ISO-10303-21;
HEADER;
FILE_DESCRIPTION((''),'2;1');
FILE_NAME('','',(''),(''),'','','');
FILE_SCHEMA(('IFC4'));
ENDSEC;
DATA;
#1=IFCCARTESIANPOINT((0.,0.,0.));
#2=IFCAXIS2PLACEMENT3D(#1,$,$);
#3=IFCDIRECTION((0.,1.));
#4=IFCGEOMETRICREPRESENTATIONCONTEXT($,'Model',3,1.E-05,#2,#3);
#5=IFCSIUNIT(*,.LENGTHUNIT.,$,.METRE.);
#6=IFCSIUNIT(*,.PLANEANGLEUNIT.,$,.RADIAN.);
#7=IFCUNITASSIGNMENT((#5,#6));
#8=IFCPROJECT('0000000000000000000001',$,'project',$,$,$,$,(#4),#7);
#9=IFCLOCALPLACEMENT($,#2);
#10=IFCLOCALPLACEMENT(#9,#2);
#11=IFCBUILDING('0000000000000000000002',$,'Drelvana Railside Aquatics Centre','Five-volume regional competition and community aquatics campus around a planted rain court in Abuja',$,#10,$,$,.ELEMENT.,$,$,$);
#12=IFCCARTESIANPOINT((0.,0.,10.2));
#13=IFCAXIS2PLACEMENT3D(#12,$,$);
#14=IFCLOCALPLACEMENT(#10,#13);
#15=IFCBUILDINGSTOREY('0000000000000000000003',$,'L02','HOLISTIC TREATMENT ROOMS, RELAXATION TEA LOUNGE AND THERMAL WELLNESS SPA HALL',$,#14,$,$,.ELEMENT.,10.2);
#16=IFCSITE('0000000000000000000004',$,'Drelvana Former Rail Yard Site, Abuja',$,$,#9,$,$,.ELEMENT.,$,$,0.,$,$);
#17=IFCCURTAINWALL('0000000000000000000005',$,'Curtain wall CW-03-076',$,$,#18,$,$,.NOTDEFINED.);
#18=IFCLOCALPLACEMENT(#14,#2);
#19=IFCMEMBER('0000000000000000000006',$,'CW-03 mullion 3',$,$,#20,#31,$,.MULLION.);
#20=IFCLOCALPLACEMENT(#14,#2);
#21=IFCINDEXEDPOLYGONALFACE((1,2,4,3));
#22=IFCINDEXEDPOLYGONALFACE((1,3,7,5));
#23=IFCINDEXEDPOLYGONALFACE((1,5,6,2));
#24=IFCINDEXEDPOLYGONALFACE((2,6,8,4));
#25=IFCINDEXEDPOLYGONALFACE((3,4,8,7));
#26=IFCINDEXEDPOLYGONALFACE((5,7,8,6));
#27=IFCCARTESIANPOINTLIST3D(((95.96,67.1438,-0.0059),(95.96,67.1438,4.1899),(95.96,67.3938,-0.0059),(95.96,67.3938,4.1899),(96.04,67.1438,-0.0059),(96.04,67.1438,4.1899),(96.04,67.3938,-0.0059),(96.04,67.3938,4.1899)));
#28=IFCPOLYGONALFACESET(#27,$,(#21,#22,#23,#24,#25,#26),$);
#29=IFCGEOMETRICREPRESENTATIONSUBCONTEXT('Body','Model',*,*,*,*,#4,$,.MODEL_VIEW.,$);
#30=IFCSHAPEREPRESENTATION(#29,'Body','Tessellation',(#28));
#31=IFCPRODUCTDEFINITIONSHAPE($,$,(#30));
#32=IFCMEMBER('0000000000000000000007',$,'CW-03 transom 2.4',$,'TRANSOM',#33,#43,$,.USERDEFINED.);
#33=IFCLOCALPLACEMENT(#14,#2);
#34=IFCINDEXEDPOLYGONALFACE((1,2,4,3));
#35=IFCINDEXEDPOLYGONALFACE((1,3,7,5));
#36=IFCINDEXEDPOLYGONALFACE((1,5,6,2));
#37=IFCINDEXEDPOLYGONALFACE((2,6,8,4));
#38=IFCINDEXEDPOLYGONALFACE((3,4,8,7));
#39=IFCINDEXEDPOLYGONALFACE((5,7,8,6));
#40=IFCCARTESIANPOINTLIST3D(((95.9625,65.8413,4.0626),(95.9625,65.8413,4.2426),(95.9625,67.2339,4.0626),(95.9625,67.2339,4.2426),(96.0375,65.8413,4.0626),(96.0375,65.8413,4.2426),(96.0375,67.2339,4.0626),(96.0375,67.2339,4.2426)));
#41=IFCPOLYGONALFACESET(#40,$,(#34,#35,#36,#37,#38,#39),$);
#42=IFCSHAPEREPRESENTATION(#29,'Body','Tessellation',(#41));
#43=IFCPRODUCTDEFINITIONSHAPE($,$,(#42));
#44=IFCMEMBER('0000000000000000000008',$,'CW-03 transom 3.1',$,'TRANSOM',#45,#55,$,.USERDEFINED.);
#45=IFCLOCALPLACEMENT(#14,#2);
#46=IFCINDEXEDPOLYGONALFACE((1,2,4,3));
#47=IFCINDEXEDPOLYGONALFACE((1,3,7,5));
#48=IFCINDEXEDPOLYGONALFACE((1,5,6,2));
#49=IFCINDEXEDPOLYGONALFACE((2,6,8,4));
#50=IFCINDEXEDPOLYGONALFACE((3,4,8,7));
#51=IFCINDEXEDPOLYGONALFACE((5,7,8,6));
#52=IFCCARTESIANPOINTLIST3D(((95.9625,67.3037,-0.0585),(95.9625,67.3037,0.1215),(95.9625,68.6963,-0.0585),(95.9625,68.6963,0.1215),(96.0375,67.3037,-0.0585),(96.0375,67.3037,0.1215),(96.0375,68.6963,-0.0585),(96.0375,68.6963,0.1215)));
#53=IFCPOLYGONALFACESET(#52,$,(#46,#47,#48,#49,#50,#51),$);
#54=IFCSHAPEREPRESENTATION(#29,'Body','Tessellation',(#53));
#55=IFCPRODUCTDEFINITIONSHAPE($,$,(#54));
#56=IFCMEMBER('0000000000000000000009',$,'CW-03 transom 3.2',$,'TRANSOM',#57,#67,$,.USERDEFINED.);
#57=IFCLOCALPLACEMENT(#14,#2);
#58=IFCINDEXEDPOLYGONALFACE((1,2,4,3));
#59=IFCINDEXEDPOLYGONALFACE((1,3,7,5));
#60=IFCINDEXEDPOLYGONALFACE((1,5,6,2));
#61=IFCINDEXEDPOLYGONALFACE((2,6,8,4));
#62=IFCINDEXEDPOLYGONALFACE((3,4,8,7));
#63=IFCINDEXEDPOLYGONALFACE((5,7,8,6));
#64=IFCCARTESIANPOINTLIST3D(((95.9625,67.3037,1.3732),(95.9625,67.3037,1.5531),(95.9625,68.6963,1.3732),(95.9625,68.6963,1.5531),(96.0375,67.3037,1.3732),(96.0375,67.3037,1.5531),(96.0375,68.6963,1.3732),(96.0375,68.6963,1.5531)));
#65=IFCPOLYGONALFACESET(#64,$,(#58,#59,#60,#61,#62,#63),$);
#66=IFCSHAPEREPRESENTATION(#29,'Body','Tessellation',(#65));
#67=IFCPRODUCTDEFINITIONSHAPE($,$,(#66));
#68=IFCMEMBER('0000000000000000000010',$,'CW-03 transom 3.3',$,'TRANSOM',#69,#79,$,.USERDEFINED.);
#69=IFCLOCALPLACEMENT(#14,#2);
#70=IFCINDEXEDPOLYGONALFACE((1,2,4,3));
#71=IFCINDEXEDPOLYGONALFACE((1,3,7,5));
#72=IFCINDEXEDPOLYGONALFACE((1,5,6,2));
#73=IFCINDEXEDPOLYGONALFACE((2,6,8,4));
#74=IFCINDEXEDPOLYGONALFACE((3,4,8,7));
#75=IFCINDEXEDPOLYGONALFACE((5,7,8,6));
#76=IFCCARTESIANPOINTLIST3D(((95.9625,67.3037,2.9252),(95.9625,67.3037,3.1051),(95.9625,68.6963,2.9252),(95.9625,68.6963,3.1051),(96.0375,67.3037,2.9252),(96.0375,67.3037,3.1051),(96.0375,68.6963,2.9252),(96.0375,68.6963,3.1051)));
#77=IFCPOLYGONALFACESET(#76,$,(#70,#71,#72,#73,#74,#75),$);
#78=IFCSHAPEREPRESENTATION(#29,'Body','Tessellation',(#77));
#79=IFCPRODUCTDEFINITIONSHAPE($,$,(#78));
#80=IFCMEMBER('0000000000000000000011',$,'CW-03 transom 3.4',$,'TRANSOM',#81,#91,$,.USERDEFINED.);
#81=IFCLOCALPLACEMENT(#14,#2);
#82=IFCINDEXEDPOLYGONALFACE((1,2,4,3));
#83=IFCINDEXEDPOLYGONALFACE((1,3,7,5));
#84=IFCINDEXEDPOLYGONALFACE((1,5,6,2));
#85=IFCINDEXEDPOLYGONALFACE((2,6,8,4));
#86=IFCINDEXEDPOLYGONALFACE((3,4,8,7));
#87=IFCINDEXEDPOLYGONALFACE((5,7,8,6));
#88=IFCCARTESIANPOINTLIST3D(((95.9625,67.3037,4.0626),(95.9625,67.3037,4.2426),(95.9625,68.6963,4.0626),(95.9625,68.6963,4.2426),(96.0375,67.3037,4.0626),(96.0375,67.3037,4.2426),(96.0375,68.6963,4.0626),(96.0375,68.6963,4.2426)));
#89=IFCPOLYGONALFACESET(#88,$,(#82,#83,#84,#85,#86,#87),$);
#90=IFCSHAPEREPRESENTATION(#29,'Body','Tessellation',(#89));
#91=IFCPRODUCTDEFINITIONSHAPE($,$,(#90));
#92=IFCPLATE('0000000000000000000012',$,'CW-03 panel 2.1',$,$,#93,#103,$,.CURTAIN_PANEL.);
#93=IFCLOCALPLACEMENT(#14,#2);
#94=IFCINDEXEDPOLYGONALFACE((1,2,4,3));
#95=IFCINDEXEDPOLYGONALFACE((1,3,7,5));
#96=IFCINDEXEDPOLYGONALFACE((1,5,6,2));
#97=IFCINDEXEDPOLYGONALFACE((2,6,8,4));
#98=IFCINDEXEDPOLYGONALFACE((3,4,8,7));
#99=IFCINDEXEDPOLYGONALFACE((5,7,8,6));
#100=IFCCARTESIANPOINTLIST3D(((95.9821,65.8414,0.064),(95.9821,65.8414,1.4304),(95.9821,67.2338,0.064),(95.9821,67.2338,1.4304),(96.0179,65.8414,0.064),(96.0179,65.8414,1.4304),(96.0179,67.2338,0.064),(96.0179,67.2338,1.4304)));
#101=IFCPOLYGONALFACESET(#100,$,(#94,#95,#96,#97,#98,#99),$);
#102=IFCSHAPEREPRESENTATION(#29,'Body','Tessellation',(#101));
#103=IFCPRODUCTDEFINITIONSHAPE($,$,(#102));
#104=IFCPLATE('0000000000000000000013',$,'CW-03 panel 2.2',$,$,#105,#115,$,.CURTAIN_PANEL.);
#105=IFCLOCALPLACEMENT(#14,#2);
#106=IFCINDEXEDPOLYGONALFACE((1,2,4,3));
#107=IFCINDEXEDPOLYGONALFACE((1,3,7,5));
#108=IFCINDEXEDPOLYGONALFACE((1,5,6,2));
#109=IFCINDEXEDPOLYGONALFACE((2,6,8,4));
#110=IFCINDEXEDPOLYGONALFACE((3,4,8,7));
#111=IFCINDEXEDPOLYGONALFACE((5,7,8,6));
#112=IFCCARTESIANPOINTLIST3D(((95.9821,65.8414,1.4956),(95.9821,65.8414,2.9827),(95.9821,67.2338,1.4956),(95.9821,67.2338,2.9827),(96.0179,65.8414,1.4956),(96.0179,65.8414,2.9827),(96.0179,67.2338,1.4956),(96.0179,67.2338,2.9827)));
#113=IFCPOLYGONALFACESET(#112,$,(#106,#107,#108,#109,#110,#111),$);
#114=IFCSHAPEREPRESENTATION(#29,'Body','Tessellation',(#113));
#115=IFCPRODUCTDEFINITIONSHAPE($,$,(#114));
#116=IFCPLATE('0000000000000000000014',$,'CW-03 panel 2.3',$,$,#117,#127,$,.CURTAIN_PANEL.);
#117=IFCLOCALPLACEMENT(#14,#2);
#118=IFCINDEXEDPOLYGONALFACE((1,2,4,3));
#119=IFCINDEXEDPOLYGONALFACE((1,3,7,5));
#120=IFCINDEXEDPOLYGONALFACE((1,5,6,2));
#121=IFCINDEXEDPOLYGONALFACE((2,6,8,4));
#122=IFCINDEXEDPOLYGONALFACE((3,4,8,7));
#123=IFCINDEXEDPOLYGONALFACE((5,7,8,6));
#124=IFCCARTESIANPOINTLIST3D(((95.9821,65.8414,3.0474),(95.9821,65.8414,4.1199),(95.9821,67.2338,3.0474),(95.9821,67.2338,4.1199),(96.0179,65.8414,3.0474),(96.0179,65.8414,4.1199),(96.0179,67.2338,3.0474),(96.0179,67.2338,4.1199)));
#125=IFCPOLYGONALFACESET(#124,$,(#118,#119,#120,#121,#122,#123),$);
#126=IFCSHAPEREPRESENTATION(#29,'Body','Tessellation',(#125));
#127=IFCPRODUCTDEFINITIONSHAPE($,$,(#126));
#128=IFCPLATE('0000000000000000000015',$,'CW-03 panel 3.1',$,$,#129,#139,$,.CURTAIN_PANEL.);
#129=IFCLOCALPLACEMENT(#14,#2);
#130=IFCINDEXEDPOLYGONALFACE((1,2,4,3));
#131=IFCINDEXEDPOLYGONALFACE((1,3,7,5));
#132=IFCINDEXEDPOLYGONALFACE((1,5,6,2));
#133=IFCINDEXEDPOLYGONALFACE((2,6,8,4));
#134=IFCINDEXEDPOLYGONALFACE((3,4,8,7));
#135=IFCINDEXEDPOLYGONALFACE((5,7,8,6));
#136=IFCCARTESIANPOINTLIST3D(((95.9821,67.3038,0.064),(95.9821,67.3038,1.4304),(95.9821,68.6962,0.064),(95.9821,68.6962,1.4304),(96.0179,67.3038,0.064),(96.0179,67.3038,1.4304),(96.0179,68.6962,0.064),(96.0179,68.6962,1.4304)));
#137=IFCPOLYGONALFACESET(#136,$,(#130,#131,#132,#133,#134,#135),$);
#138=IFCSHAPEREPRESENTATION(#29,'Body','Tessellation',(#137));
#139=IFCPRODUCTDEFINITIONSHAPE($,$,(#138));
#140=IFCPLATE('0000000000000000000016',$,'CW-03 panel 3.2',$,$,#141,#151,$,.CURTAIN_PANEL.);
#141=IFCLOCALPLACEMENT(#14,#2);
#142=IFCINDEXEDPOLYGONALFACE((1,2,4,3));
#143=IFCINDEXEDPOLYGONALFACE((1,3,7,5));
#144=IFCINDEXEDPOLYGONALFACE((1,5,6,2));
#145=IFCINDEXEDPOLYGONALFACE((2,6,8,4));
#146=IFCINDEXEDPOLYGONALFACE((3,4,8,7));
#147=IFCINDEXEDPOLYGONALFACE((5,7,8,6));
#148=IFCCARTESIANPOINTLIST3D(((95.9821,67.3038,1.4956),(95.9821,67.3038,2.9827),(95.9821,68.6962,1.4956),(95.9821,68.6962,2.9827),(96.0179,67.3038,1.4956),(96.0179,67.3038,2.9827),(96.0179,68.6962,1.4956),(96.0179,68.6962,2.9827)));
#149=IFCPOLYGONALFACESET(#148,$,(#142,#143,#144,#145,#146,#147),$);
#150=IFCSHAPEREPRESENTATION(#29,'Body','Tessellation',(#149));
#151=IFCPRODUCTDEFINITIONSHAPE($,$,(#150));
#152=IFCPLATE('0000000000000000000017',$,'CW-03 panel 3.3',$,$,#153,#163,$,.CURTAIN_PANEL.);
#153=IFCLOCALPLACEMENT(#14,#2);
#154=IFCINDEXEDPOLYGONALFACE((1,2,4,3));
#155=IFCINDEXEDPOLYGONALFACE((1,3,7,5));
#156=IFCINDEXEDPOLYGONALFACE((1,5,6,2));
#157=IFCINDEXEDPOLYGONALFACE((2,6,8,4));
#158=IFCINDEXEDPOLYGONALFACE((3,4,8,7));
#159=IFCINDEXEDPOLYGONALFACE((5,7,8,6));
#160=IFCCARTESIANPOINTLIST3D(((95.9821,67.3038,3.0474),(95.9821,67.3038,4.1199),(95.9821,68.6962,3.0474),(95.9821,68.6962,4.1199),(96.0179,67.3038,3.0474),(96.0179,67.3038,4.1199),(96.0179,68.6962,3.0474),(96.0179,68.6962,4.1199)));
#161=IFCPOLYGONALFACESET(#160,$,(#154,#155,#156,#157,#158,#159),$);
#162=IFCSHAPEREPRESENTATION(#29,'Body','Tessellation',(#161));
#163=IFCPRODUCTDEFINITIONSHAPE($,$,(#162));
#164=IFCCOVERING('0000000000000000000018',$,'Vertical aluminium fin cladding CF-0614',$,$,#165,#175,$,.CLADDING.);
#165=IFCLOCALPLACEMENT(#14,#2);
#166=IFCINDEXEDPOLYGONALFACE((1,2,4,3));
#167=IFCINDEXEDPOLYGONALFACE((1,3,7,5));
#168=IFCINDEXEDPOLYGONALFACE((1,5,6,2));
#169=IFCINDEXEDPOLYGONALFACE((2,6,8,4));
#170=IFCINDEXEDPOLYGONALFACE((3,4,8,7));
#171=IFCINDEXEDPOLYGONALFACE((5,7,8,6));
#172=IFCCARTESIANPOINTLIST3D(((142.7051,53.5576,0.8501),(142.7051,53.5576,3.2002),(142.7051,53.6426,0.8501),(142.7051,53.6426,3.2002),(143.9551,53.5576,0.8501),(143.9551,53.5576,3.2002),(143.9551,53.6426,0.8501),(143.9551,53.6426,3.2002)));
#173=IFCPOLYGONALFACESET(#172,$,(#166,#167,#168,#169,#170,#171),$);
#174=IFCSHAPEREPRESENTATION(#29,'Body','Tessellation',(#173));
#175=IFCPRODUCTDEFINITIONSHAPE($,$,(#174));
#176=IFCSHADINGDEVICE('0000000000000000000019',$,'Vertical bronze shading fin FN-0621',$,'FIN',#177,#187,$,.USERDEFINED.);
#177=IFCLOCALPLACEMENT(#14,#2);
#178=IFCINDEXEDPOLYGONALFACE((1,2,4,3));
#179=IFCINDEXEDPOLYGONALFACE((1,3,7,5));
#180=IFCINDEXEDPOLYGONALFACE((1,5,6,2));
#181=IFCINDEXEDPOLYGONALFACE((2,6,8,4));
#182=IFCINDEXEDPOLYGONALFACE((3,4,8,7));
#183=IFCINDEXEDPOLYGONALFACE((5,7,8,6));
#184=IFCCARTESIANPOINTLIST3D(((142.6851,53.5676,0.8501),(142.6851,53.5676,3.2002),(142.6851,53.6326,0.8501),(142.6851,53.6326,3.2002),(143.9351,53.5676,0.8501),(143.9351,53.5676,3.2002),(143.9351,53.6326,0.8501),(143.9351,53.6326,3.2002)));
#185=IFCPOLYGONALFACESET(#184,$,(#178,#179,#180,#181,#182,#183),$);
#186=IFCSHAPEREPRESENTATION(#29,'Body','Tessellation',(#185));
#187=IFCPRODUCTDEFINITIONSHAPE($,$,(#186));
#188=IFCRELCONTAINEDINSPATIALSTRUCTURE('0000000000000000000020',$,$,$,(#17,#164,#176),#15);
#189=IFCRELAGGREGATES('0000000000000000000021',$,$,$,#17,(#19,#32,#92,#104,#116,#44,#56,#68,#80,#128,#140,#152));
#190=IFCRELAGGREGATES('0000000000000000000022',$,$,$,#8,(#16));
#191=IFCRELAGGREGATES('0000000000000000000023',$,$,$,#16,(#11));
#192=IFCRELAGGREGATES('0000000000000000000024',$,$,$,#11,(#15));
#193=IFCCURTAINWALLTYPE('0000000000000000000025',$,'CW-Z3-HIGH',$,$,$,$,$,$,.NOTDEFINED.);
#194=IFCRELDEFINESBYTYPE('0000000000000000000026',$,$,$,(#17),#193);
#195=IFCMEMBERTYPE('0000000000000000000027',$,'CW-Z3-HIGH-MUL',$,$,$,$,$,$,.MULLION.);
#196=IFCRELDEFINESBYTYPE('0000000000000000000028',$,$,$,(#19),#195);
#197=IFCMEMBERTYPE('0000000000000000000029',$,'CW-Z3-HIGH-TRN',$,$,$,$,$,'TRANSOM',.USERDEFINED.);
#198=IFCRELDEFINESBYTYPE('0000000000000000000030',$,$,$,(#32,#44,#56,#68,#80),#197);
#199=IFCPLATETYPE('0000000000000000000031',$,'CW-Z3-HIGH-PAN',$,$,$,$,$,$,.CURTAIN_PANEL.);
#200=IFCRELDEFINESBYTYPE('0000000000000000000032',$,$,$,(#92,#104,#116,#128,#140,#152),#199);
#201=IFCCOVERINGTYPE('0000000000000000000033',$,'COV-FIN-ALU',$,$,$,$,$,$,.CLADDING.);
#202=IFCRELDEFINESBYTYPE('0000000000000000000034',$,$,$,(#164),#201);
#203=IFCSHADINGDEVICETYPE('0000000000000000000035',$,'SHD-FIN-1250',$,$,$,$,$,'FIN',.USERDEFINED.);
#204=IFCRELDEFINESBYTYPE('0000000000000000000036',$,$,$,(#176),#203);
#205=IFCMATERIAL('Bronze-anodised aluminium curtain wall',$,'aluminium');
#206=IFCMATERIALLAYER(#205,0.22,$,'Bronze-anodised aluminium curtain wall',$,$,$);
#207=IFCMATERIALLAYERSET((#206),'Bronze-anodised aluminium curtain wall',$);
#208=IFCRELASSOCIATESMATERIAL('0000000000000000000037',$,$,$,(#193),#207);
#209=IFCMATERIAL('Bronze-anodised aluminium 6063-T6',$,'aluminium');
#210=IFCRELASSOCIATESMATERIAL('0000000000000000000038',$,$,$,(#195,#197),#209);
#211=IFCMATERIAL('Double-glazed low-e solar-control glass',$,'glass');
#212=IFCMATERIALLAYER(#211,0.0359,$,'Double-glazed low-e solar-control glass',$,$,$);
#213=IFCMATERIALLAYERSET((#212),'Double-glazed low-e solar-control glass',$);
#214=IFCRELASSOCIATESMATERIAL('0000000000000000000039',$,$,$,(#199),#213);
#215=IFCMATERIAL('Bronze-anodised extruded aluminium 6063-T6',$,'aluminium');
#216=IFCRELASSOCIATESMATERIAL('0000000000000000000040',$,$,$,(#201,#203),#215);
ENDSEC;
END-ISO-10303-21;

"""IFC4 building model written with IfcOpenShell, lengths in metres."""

from ifc_helpers import new_model, si_unit, direction, frame, origin, origin_2d, place, context, subcontext, project, spatial, rectangle, extrude, material, layer, layer_set, material_profile, profile_set, type_object, element, aggregate, save


model = new_model("IFC4")

# Units and contexts
model_context = context("Model", 3, precision=1e-05, world=origin(), true_north=direction((0.0, 1.0)))
body_context = subcontext(model_context, "Body", "Model", "MODEL_VIEW")
ifc_project = project(units=[si_unit("LENGTHUNIT", "METRE"), si_unit("PLANEANGLEUNIT", "RADIAN")], contexts=[model_context])

# Site, building, storey
site_placement = place(None, origin())
site = spatial("IfcSite", under=ifc_project, at=site_placement, Name="Drelvana Former Rail Yard Site, Abuja", CompositionType="ELEMENT", RefElevation=0.0)
building_placement = place(site_placement, origin())
building = spatial("IfcBuilding", under=site, at=building_placement, Name="Drelvana Railside Aquatics Centre", Description="Five-volume regional competition and community aquatics campus around a planted rain court in Abuja", CompositionType="ELEMENT")
storey_placement = place(building_placement, frame((0.0, 0.0, 10.2)))
storey = spatial("IfcBuildingStorey", under=building, at=storey_placement, Name="L02", Description="HOLISTIC TREATMENT ROOMS, RELAXATION TEA LOUNGE AND THERMAL WELLNESS SPA HALL", CompositionType="ELEMENT", Elevation=10.2)

# Curtain wall, members, plates
ifc_material_1 = material(Name="Bronze-anodised aluminium curtain wall", Category="aluminium")
ifc_layer_1 = layer(ifc_material_1, 0.22, Name="Bronze-anodised aluminium curtain wall")
ifc_layer_set_1 = layer_set([ifc_layer_1], Name="Bronze-anodised aluminium curtain wall")
curtain_wall_type = type_object("IfcCurtainWallType", Name="CW-Z3-HIGH", PredefinedType="NOTDEFINED", material=ifc_layer_set_1)
curtain_wall_placement = place(storey_placement, origin())
curtain_wall = element("IfcCurtainWall", 1, at=curtain_wall_placement, inside=storey, type_object=curtain_wall_type, Name="Curtain wall CW-03-076", PredefinedType="NOTDEFINED")
ifc_material_2 = material(Name="Bronze-anodised aluminium 6063-T6", Category="aluminium")
ifc_material_profile_1 = material_profile(ifc_material_2, rectangle(XDim=0.0801, YDim=0.25, at=origin_2d()), Name="ALU-M 80x250")
ifc_profile_set_1 = profile_set([ifc_material_profile_1], Name="Bronze-anodised aluminium 6063-T6")
member_type_1 = type_object("IfcMemberType", Name="CW-Z3-HIGH-MUL", PredefinedType="MULLION", material=ifc_profile_set_1)
member_1_placement = place(storey_placement, frame((96.0, 67.2688, -0.0059), z_axis=(0.0, 0.0, 1.0), x_axis=(-1.0, 0.0, 0.0)))
member_1 = element("IfcMember", 2, at=member_1_placement, type_object=member_type_1, Name="CW-03 mullion 3", PredefinedType="MULLION", context=body_context, shape_type="SweptSolid", body=[
    extrude(rectangle(XDim=0.0801, YDim=0.25, at=origin_2d()), origin(), (0.0, 0.0, 1.0), 4.1958),
])
ifc_material_profile_2 = material_profile(ifc_material_2, rectangle(XDim=0.1799, YDim=0.075, at=origin_2d()), Name="ALU-T 75x180")
ifc_profile_set_2 = profile_set([ifc_material_profile_2], Name="Bronze-anodised aluminium 6063-T6")
member_type_2 = type_object("IfcMemberType", Name="CW-Z3-HIGH-TRN", ElementType="TRANSOM", PredefinedType="USERDEFINED", material=ifc_profile_set_2)
member_2_placement = place(storey_placement, frame((96.0, 65.8413, 4.1526), z_axis=(0.0, 1.0, 0.0), x_axis=(0.0, 0.0, 1.0)))
member_2 = element("IfcMember", 3, at=member_2_placement, type_object=member_type_2, Name="CW-03 transom 2.4", ObjectType="TRANSOM", PredefinedType="USERDEFINED", context=body_context, shape_type="SweptSolid", body=[
    extrude(rectangle(XDim=0.1799, YDim=0.075, at=origin_2d()), origin(), (0.0, 0.0, 1.0), 1.3926),
])
member_3_placement = place(storey_placement, frame((96.0, 67.3037, 0.0315), z_axis=(0.0, 1.0, 0.0), x_axis=(0.0, 0.0, 1.0)))
member_3 = element("IfcMember", 4, at=member_3_placement, type_object=member_type_2, Name="CW-03 transom 3.1", ObjectType="TRANSOM", PredefinedType="USERDEFINED", context=body_context, shape_type="SweptSolid", body=[
    extrude(rectangle(XDim=0.1799, YDim=0.075, at=origin_2d()), origin(), (0.0, 0.0, 1.0), 1.3926),
])
member_4_placement = place(storey_placement, frame((96.0, 67.3037, 1.4631), z_axis=(0.0, 1.0, 0.0), x_axis=(0.0, 0.0, 1.0)))
member_4 = element("IfcMember", 5, at=member_4_placement, type_object=member_type_2, Name="CW-03 transom 3.2", ObjectType="TRANSOM", PredefinedType="USERDEFINED", context=body_context, shape_type="SweptSolid", body=[
    extrude(rectangle(XDim=0.1799, YDim=0.075, at=origin_2d()), origin(), (0.0, 0.0, 1.0), 1.3926),
])
member_5_placement = place(storey_placement, frame((96.0, 67.3037, 3.0151), z_axis=(0.0, 1.0, 0.0), x_axis=(0.0, 0.0, 1.0)))
member_5 = element("IfcMember", 6, at=member_5_placement, type_object=member_type_2, Name="CW-03 transom 3.3", ObjectType="TRANSOM", PredefinedType="USERDEFINED", context=body_context, shape_type="SweptSolid", body=[
    extrude(rectangle(XDim=0.1799, YDim=0.075, at=origin_2d()), origin(), (0.0, 0.0, 1.0), 1.3926),
])
member_6_placement = place(storey_placement, frame((96.0, 67.3037, 4.1526), z_axis=(0.0, 1.0, 0.0), x_axis=(0.0, 0.0, 1.0)))
member_6 = element("IfcMember", 7, at=member_6_placement, type_object=member_type_2, Name="CW-03 transom 3.4", ObjectType="TRANSOM", PredefinedType="USERDEFINED", context=body_context, shape_type="SweptSolid", body=[
    extrude(rectangle(XDim=0.1799, YDim=0.075, at=origin_2d()), origin(), (0.0, 0.0, 1.0), 1.3926),
])
ifc_material_3 = material(Name="Double-glazed low-e solar-control glass", Category="glass")
ifc_layer_2 = layer(ifc_material_3, 0.0359, Name="Double-glazed low-e solar-control glass")
ifc_layer_set_2 = layer_set([ifc_layer_2], Name="Double-glazed low-e solar-control glass")
plate_type = type_object("IfcPlateType", Name="CW-Z3-HIGH-PAN", PredefinedType="CURTAIN_PANEL", material=ifc_layer_set_2)
plate_1_placement = place(storey_placement, frame((96.0, 66.5376, 0.064), z_axis=(0.0, 0.0, 1.0), x_axis=(0.0, 1.0, 0.0)))
plate_1 = element("IfcPlate", 8, at=plate_1_placement, type_object=plate_type, Name="CW-03 panel 2.1", PredefinedType="CURTAIN_PANEL", context=body_context, shape_type="SweptSolid", body=[
    extrude(rectangle(XDim=1.3923, YDim=0.0359, at=origin_2d()), origin(), (0.0, 0.0, 1.0), 1.3665),
])
plate_2_placement = place(storey_placement, frame((96.0, 66.5376, 1.4956), z_axis=(0.0, 0.0, 1.0), x_axis=(0.0, 1.0, 0.0)))
plate_2 = element("IfcPlate", 9, at=plate_2_placement, type_object=plate_type, Name="CW-03 panel 2.2", PredefinedType="CURTAIN_PANEL", context=body_context, shape_type="SweptSolid", body=[
    extrude(rectangle(XDim=1.3923, YDim=0.0359, at=origin_2d()), origin(), (0.0, 0.0, 1.0), 1.4871),
])
plate_3_placement = place(storey_placement, frame((96.0, 66.5376, 3.0474), z_axis=(0.0, 0.0, 1.0), x_axis=(0.0, 1.0, 0.0)))
plate_3 = element("IfcPlate", 10, at=plate_3_placement, type_object=plate_type, Name="CW-03 panel 2.3", PredefinedType="CURTAIN_PANEL", context=body_context, shape_type="SweptSolid", body=[
    extrude(rectangle(XDim=1.3923, YDim=0.0359, at=origin_2d()), origin(), (0.0, 0.0, 1.0), 1.0725),
])
plate_4_placement = place(storey_placement, frame((96.0, 68.0, 0.064), z_axis=(0.0, 0.0, 1.0), x_axis=(0.0, 1.0, 0.0)))
plate_4 = element("IfcPlate", 11, at=plate_4_placement, type_object=plate_type, Name="CW-03 panel 3.1", PredefinedType="CURTAIN_PANEL", context=body_context, shape_type="SweptSolid", body=[
    extrude(rectangle(XDim=1.3923, YDim=0.0359, at=origin_2d()), origin(), (0.0, 0.0, 1.0), 1.3665),
])
plate_5_placement = place(storey_placement, frame((96.0, 68.0, 1.4956), z_axis=(0.0, 0.0, 1.0), x_axis=(0.0, 1.0, 0.0)))
plate_5 = element("IfcPlate", 12, at=plate_5_placement, type_object=plate_type, Name="CW-03 panel 3.2", PredefinedType="CURTAIN_PANEL", context=body_context, shape_type="SweptSolid", body=[
    extrude(rectangle(XDim=1.3923, YDim=0.0359, at=origin_2d()), origin(), (0.0, 0.0, 1.0), 1.4871),
])
plate_6_placement = place(storey_placement, frame((96.0, 68.0, 3.0474), z_axis=(0.0, 0.0, 1.0), x_axis=(0.0, 1.0, 0.0)))
plate_6 = element("IfcPlate", 13, at=plate_6_placement, type_object=plate_type, Name="CW-03 panel 3.3", PredefinedType="CURTAIN_PANEL", context=body_context, shape_type="SweptSolid", body=[
    extrude(rectangle(XDim=1.3923, YDim=0.0359, at=origin_2d()), origin(), (0.0, 0.0, 1.0), 1.0725),
])
aggregate(curtain_wall, [member_1, member_2, plate_1, plate_2, plate_3, member_3, member_4, member_5, member_6, plate_4, plate_5, plate_6])

# Covering
ifc_material_4 = material(Name="Bronze-anodised extruded aluminium 6063-T6", Category="aluminium")
covering_type = type_object("IfcCoveringType", Name="COV-FIN-ALU", PredefinedType="CLADDING", material=ifc_material_4)
covering_placement = place(storey_placement, frame((143.3301, 53.6001, 0.8501), z_axis=(0.0, 0.0, 1.0), x_axis=(0.0, 1.0, 0.0)))
element("IfcCovering", 14, at=covering_placement, inside=storey, type_object=covering_type, Name="Vertical aluminium fin cladding CF-0614", PredefinedType="CLADDING", context=body_context, shape_type="SweptSolid", body=[
    extrude(rectangle(XDim=0.085, YDim=1.25, at=origin_2d()), origin(), (0.0, 0.0, 1.0), 2.3501),
])

# Shading device
shading_device_type = type_object("IfcShadingDeviceType", Name="SHD-FIN-1250", ElementType="FIN", PredefinedType="USERDEFINED", material=ifc_material_4)
for number, where, z_axis, x_axis, name in (
    (15, (143.3101, 53.6001, 0.8501), (0.0, 0.0, 1.0), (-1.0, 0.0, 0.0), "Vertical bronze shading fin FN-0621"),
):
    element("IfcShadingDevice", number, at=place(storey_placement, frame(where, z_axis=z_axis, x_axis=x_axis)), inside=storey, type_object=shading_device_type, Name=name, ObjectType="FIN", PredefinedType="USERDEFINED", context=body_context, shape_type="SweptSolid", body=[
        extrude(rectangle(XDim=1.25, YDim=0.0649, at=origin_2d()), origin(), (0.0, 0.0, 1.0), 2.3501),
    ])

save(model, "model.ifc")
